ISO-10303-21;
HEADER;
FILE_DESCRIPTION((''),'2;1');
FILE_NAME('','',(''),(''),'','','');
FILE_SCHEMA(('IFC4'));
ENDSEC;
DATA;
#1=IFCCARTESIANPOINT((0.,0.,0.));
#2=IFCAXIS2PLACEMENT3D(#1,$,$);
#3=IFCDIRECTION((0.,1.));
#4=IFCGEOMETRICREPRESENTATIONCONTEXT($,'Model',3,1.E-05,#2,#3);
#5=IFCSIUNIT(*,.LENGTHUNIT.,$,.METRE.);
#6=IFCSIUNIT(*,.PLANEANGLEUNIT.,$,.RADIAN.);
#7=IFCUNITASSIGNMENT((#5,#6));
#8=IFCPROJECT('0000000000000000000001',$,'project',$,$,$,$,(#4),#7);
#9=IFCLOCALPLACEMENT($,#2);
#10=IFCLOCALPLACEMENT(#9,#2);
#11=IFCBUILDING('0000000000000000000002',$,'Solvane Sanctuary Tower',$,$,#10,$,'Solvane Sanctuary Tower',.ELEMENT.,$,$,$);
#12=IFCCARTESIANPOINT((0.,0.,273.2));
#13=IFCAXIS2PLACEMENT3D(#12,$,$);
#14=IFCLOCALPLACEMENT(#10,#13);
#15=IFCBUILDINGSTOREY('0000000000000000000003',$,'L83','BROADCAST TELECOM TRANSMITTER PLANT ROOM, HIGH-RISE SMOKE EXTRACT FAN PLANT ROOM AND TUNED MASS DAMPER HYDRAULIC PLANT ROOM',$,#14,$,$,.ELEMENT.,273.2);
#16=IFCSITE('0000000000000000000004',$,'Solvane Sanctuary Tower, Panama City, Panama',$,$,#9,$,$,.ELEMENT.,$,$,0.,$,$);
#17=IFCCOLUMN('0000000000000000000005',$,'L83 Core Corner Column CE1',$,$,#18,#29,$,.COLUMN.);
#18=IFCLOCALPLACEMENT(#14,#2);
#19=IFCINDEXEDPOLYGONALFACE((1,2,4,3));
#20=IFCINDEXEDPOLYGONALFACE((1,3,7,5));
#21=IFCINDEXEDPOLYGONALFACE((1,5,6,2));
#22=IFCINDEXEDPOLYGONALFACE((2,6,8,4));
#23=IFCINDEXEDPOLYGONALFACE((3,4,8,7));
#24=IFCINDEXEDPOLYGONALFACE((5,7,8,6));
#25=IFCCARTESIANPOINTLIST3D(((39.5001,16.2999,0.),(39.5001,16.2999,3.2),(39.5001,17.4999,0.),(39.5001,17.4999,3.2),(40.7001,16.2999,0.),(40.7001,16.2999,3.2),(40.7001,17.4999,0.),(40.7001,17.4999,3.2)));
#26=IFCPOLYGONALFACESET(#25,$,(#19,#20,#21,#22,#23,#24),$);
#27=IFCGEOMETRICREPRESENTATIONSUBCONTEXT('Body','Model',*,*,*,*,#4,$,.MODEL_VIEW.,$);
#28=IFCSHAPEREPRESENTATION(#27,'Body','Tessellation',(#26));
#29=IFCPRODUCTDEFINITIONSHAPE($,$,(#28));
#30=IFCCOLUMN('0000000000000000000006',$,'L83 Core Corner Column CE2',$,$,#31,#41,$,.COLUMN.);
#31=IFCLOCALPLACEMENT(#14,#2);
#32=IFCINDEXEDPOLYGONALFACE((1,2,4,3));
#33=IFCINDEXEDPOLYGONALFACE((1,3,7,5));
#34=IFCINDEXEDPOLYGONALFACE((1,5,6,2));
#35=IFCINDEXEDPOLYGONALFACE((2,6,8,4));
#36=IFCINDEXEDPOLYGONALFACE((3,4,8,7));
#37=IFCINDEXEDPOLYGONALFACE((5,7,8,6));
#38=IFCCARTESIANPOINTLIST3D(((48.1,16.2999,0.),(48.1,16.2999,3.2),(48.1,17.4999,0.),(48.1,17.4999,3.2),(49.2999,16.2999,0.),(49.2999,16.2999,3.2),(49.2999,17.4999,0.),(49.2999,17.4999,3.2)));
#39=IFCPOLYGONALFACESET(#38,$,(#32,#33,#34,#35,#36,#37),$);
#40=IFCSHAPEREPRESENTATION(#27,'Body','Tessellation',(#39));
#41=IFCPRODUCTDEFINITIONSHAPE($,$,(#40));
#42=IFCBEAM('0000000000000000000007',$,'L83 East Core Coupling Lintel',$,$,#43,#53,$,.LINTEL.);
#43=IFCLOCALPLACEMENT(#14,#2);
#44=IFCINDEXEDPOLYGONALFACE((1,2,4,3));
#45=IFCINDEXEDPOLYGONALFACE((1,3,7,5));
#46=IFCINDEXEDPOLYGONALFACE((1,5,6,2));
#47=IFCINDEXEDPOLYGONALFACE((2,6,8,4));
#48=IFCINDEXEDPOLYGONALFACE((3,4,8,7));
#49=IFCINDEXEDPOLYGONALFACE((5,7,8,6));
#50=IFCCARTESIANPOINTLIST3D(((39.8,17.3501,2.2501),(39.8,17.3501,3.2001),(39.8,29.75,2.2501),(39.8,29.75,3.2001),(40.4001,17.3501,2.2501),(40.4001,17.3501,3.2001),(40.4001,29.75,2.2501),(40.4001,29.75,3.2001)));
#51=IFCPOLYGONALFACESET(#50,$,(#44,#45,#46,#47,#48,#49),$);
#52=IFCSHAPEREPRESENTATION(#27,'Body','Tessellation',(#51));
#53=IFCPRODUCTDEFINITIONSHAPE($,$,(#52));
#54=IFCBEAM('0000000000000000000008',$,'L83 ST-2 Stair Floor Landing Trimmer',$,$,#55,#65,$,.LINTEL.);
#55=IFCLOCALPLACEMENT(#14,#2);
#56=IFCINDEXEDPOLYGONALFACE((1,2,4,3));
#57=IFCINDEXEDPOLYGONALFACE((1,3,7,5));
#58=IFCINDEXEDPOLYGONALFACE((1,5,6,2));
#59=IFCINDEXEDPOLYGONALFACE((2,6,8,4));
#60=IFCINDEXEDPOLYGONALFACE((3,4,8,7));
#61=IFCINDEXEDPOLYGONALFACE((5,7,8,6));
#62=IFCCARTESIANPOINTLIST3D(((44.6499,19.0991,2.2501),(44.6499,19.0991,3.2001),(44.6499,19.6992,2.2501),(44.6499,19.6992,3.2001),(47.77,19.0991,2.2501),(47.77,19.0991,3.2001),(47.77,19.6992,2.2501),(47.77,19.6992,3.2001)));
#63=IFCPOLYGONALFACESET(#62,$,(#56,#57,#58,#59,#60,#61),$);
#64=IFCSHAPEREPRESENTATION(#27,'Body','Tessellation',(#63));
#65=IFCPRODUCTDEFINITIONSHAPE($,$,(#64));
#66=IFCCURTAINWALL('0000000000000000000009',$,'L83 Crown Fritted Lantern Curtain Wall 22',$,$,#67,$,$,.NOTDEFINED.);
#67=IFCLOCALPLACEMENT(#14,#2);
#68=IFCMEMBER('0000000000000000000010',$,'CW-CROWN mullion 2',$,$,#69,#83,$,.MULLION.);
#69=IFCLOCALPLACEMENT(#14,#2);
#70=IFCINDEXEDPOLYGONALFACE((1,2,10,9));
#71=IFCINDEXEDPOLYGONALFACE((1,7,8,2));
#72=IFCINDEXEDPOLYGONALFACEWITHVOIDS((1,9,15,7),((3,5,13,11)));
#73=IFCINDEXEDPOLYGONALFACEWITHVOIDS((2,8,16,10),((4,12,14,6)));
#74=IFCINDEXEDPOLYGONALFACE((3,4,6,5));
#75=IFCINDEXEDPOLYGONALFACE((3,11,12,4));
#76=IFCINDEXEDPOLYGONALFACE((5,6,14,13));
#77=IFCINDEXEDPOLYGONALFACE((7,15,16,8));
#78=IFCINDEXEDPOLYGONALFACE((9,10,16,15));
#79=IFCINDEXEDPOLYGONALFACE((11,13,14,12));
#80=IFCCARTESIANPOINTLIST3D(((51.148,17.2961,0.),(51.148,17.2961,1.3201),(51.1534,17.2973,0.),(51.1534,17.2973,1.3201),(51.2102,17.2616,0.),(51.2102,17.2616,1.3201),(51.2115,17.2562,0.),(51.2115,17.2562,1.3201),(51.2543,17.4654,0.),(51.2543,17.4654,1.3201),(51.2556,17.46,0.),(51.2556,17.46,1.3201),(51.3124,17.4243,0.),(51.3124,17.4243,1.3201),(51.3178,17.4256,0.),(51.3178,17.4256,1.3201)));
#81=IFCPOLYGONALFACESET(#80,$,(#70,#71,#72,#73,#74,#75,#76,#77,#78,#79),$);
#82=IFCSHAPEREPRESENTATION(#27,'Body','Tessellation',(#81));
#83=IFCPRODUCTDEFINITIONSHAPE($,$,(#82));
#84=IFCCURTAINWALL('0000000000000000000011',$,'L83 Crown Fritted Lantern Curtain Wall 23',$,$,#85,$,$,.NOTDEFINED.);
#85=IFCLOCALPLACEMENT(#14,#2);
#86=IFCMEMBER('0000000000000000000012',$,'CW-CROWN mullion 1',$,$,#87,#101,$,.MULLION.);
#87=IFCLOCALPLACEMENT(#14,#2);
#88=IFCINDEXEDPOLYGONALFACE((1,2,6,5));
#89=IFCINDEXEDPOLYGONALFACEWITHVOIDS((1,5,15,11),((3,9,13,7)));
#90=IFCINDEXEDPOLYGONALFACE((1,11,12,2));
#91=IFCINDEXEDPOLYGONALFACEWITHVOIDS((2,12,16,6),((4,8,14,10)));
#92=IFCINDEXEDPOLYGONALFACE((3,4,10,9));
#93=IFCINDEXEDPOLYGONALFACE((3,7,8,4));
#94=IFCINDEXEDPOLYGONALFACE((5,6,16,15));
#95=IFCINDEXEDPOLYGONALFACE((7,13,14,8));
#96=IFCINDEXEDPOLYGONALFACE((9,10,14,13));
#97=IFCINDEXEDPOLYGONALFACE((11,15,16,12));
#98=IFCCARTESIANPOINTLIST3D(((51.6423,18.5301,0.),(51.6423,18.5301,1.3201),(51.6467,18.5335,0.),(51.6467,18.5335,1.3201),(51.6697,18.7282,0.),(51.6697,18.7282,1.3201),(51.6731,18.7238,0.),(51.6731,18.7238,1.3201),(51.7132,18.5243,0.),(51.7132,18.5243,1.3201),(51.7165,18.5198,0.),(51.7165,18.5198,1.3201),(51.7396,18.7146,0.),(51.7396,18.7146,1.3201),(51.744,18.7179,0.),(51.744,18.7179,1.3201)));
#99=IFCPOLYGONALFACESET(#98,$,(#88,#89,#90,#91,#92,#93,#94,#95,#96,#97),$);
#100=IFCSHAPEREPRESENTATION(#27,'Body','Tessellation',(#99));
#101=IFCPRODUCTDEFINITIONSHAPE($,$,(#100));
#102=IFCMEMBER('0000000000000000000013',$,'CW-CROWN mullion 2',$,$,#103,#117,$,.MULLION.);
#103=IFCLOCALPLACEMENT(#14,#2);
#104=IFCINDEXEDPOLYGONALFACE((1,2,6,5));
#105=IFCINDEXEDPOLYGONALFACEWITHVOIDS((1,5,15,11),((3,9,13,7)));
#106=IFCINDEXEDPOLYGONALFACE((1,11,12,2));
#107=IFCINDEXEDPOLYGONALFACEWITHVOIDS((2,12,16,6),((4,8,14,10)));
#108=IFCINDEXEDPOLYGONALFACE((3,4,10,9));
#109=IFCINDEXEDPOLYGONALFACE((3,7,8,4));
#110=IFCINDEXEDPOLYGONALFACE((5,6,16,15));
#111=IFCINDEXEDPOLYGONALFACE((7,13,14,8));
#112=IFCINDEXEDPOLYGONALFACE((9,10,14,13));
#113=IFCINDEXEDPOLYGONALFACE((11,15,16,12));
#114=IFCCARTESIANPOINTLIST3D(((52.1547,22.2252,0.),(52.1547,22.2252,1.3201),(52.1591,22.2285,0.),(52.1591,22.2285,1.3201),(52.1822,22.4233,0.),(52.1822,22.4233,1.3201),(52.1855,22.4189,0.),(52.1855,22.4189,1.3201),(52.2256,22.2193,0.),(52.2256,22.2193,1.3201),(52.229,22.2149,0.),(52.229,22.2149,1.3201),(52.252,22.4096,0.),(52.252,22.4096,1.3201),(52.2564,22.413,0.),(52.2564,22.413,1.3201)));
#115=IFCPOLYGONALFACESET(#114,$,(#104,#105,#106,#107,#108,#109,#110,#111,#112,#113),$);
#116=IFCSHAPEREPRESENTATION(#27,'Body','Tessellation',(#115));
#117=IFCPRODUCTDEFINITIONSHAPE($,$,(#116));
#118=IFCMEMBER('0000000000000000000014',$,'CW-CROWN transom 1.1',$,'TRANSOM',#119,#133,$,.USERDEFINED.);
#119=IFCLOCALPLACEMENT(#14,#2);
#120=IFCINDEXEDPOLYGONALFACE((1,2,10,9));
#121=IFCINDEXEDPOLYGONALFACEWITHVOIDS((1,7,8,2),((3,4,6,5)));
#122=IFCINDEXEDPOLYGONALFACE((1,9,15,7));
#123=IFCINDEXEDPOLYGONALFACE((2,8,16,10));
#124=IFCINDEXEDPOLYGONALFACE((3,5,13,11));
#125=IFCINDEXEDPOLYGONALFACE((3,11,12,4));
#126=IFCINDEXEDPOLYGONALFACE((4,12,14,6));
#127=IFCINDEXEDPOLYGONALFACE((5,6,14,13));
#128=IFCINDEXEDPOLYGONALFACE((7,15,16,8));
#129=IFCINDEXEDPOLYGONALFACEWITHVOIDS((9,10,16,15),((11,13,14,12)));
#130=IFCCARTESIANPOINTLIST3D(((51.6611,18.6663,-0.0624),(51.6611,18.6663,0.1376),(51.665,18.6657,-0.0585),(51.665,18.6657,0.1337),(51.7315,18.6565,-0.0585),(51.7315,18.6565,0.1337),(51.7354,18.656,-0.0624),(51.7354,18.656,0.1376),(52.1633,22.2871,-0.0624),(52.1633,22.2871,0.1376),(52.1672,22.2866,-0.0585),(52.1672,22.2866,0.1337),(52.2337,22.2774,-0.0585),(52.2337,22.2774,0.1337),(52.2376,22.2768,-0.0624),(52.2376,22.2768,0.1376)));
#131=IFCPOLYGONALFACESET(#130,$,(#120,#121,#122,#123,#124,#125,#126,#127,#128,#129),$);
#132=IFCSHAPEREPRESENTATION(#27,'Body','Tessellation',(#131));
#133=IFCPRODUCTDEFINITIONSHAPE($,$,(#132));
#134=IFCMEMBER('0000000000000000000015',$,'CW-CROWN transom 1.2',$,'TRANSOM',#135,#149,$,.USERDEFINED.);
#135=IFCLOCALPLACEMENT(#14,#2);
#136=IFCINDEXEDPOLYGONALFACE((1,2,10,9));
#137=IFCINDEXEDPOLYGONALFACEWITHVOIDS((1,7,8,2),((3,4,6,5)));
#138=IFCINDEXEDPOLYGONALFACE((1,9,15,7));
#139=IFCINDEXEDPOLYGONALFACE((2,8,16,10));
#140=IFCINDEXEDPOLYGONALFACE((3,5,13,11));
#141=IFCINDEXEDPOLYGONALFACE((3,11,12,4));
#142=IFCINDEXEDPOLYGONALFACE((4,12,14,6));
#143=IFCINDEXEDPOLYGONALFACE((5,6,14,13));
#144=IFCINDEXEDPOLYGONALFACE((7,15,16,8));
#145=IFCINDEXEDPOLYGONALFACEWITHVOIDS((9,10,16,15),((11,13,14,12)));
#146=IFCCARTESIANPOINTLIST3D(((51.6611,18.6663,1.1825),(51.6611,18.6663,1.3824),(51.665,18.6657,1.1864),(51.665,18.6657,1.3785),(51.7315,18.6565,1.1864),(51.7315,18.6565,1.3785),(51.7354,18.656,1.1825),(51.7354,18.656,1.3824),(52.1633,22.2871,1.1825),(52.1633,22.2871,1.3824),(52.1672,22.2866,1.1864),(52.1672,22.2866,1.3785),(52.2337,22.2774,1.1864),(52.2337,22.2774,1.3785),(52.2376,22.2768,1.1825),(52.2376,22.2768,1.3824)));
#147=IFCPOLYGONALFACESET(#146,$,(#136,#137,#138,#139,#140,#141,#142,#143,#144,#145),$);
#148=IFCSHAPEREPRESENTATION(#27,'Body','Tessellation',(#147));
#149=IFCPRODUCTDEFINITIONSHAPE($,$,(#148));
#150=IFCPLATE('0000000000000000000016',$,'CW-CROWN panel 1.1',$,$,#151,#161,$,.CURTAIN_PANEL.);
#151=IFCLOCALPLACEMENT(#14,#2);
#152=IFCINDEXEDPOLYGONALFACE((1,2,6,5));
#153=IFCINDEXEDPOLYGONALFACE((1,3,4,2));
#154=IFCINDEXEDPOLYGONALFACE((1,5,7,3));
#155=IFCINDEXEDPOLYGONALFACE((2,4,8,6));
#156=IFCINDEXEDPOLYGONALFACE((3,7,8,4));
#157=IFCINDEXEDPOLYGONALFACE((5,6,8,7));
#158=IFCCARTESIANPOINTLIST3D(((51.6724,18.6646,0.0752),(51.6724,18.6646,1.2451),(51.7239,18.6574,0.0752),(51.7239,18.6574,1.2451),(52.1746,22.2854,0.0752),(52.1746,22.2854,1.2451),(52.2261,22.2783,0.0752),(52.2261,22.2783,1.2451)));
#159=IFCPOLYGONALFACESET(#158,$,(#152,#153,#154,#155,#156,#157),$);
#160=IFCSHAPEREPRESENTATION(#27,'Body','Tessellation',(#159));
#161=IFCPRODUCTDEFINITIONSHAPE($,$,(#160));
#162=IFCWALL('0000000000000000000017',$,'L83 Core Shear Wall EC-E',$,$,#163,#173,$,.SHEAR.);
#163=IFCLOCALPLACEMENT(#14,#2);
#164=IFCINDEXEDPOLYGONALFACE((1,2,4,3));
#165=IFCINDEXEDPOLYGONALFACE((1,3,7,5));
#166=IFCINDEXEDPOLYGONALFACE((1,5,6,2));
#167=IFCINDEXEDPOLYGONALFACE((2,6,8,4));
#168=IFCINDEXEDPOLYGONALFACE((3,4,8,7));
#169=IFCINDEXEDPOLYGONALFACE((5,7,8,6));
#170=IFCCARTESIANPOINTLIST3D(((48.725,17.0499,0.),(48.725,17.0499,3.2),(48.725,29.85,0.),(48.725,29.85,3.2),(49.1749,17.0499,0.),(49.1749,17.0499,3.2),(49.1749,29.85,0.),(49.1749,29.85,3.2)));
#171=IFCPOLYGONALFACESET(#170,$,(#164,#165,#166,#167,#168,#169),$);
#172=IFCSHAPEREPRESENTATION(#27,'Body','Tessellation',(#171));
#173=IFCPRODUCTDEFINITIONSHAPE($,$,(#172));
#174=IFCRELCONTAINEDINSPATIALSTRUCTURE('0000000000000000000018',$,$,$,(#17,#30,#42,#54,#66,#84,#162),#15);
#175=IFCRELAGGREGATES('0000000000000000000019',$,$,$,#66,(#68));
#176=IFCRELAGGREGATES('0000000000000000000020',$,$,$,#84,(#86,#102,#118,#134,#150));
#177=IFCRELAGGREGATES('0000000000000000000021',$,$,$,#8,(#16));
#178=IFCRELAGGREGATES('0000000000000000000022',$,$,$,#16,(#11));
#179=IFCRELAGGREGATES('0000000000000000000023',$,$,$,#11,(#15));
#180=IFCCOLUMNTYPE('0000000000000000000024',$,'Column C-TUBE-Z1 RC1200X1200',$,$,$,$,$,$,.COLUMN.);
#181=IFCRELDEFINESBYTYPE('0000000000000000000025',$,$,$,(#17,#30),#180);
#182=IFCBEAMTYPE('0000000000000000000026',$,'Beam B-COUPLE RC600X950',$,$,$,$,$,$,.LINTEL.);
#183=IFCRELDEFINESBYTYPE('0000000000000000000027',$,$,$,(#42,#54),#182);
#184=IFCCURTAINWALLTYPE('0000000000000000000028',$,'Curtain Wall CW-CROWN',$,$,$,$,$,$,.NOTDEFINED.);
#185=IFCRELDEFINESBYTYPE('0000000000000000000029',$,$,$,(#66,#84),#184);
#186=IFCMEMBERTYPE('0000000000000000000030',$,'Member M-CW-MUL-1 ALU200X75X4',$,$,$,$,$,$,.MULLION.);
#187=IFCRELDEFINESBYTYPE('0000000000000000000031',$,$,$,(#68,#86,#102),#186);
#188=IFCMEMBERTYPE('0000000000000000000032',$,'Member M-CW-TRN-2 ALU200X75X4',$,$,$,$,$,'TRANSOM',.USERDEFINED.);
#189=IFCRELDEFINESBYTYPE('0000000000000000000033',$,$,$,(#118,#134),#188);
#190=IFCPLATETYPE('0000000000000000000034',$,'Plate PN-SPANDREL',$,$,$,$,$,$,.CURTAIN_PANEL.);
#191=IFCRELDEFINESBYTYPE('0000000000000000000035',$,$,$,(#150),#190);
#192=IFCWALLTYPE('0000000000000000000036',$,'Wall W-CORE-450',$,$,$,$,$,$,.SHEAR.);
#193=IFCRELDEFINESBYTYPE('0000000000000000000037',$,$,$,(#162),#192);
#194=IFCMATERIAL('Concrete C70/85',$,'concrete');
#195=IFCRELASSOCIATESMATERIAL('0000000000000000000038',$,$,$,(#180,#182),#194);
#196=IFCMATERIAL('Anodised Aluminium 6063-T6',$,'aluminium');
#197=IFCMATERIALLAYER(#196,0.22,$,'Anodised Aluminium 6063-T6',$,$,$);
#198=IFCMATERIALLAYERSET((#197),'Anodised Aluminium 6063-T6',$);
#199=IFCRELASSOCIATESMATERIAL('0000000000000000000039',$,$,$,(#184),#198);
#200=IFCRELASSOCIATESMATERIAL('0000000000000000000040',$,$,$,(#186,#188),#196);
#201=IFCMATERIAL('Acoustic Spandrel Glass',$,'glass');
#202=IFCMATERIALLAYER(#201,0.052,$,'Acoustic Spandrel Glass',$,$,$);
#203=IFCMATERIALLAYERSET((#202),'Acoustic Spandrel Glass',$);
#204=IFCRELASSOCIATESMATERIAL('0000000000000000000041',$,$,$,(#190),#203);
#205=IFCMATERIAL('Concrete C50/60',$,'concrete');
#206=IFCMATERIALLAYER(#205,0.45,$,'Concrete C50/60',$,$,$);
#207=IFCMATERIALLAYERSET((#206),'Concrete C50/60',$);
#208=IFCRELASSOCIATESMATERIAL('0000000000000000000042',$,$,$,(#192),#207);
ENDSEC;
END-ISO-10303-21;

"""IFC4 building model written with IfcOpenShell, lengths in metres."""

from ifc_helpers import new_model, si_unit, direction, frame, frame_2d, origin, origin_2d, place, context, subcontext, project, spatial, rectangle, hollow_rectangle, extrude, material, layer, layer_set, material_profile, profile_set, type_object, element, aggregate, save


model = new_model("IFC4")

# Units and contexts
model_context = context("Model", 3, precision=1e-05, world=origin(), true_north=direction((0.0, 1.0)))
body_context = subcontext(model_context, "Body", "Model", "MODEL_VIEW")
ifc_project = project(units=[si_unit("LENGTHUNIT", "METRE"), si_unit("PLANEANGLEUNIT", "RADIAN")], contexts=[model_context])

# Site, building, storey
site_placement = place(None, origin())
site = spatial("IfcSite", under=ifc_project, at=site_placement, Name="Solvane Sanctuary Tower, Panama City, Panama", CompositionType="ELEMENT", RefElevation=0.0)
building_placement = place(site_placement, origin())
building = spatial("IfcBuilding", under=site, at=building_placement, Name="Solvane Sanctuary Tower", LongName="Solvane Sanctuary Tower", CompositionType="ELEMENT")
storey_placement = place(building_placement, frame((0.0, 0.0, 273.2)))
storey = spatial("IfcBuildingStorey", under=building, at=storey_placement, Name="L83", Description="BROADCAST TELECOM TRANSMITTER PLANT ROOM, HIGH-RISE SMOKE EXTRACT FAN PLANT ROOM AND TUNED MASS DAMPER HYDRAULIC PLANT ROOM", CompositionType="ELEMENT", Elevation=273.2)

# Columns
ifc_material_1 = material(Name="Concrete C70/85", Category="concrete")
ifc_material_profile_1 = material_profile(ifc_material_1, rectangle(XDim=1.2, YDim=1.2, at=origin_2d()), Name="RC1200X1200")
ifc_profile_set_1 = profile_set([ifc_material_profile_1], Name="Concrete C70/85")
column_type = type_object("IfcColumnType", Name="Column C-TUBE-Z1 RC1200X1200", PredefinedType="COLUMN", material=ifc_profile_set_1)
for number, where, z_axis, x_axis, name in (
    (1, (40.1001, 16.8999, 0.0), (0.0, 0.0, 1.0), (1.0, 0.0, 0.0), "L83 Core Corner Column CE1"),
    (2, (48.7, 16.8999, 0.0), (0.0, 0.0, 1.0), (1.0, 0.0, 0.0), "L83 Core Corner Column CE2"),
):
    element("IfcColumn", number, at=place(storey_placement, frame(where, z_axis=z_axis, x_axis=x_axis)), inside=storey, type_object=column_type, Name=name, PredefinedType="COLUMN", context=body_context, shape_type="SweptSolid", body=[
        extrude(rectangle(XDim=1.2, YDim=1.2, at=origin_2d()), origin(), (0.0, 0.0, 1.0), 3.2),
    ])

# Beams
ifc_material_profile_2 = material_profile(ifc_material_1, rectangle(XDim=0.6001, YDim=0.95, at=origin_2d()), Name="RC600X950")
ifc_profile_set_2 = profile_set([ifc_material_profile_2], Name="Concrete C70/85")
beam_type = type_object("IfcBeamType", Name="Beam B-COUPLE RC600X950", PredefinedType="LINTEL", material=ifc_profile_set_2)
beam_1_placement = place(storey_placement, frame((40.1001, 17.3501, 2.7251), z_axis=(0.0, 1.0, 0.0), x_axis=(-1.0, 0.0, 0.0)))
element("IfcBeam", 3, at=beam_1_placement, inside=storey, type_object=beam_type, Name="L83 East Core Coupling Lintel", PredefinedType="LINTEL", context=body_context, shape_type="SweptSolid", body=[
    extrude(rectangle(XDim=0.6001, YDim=0.95, at=origin_2d()), origin(), (0.0, 0.0, 1.0), 12.3999),
])
beam_2_placement = place(storey_placement, frame((44.6499, 19.3992, 2.7251), z_axis=(1.0, 0.0, 0.0), x_axis=(0.0, 1.0, 0.0)))
element("IfcBeam", 4, at=beam_2_placement, inside=storey, type_object=beam_type, Name="L83 ST-2 Stair Floor Landing Trimmer", PredefinedType="LINTEL", context=body_context, shape_type="SweptSolid", body=[
    extrude(rectangle(XDim=0.6001, YDim=0.95, at=origin_2d()), origin(), (0.0, 0.0, 1.0), 3.1201),
])

# Curtain wall, member
ifc_material_2 = material(Name="Anodised Aluminium 6063-T6", Category="aluminium")
ifc_layer_1 = layer(ifc_material_2, 0.22, Name="Anodised Aluminium 6063-T6")
ifc_layer_set_1 = layer_set([ifc_layer_1], Name="Anodised Aluminium 6063-T6")
curtain_wall_type = type_object("IfcCurtainWallType", Name="Curtain Wall CW-CROWN", PredefinedType="NOTDEFINED", material=ifc_layer_set_1)
curtain_wall_1_placement = place(storey_placement, origin())
curtain_wall_1 = element("IfcCurtainWall", 5, at=curtain_wall_1_placement, inside=storey, type_object=curtain_wall_type, Name="L83 Crown Fritted Lantern Curtain Wall 22", PredefinedType="NOTDEFINED")
ifc_material_profile_3 = material_profile(ifc_material_2, hollow_rectangle(XDim=0.075, YDim=0.2, WallThickness=0.0039, at=origin_2d()), Name="ALU200X75X4")
ifc_profile_set_3 = profile_set([ifc_material_profile_3], Name="Anodised Aluminium 6063-T6")
member_type_1 = type_object("IfcMemberType", Name="Member M-CW-MUL-1 ALU200X75X4", PredefinedType="MULLION", material=ifc_profile_set_3)
member_1_placement = place(storey_placement, frame((51.2329, 17.3608, 0.0), z_axis=(0.0, 0.0, 1.0), x_axis=(-0.846858, 0.531819, 0.0)))
member_1 = element("IfcMember", 6, at=member_1_placement, type_object=member_type_1, Name="CW-CROWN mullion 2", PredefinedType="MULLION", context=body_context, shape_type="SweptSolid", body=[
    extrude(hollow_rectangle(XDim=0.075, YDim=0.2, WallThickness=0.0039, at=origin_2d()), origin(), (0.0, 0.0, 1.0), 1.3201),
])
aggregate(curtain_wall_1, [member_1])

# Curtain wall, members, plate
curtain_wall_2_placement = place(storey_placement, origin())
curtain_wall_2 = element("IfcCurtainWall", 7, at=curtain_wall_2_placement, inside=storey, type_object=curtain_wall_type, Name="L83 Crown Fritted Lantern Curtain Wall 23", PredefinedType="NOTDEFINED")
member_2_placement = place(storey_placement, frame((51.6931, 18.624, 0.0), z_axis=(0.0, 0.0, 1.0), x_axis=(-0.990518, 0.137381, 0.0)))
member_2 = element("IfcMember", 8, at=member_2_placement, type_object=member_type_1, Name="CW-CROWN mullion 1", PredefinedType="MULLION", context=body_context, shape_type="SweptSolid", body=[
    extrude(hollow_rectangle(XDim=0.075, YDim=0.2, WallThickness=0.0039, at=origin_2d()), origin(), (0.0, 0.0, 1.0), 1.3201),
])
member_3_placement = place(storey_placement, frame((52.2056, 22.3191, 0.0), z_axis=(0.0, 0.0, 1.0), x_axis=(-0.990518, 0.137381, 0.0)))
member_3 = element("IfcMember", 9, at=member_3_placement, type_object=member_type_1, Name="CW-CROWN mullion 2", PredefinedType="MULLION", context=body_context, shape_type="SweptSolid", body=[
    extrude(hollow_rectangle(XDim=0.075, YDim=0.2, WallThickness=0.0039, at=origin_2d()), origin(), (0.0, 0.0, 1.0), 1.3201),
])
ifc_material_profile_4 = material_profile(ifc_material_2, hollow_rectangle(XDim=0.075, YDim=0.2, WallThickness=0.0039, at=origin_2d()), Name="ALU200X75X4")
ifc_profile_set_4 = profile_set([ifc_material_profile_4], Name="Anodised Aluminium 6063-T6")
member_type_2 = type_object("IfcMemberType", Name="Member M-CW-TRN-2 ALU200X75X4", ElementType="TRANSOM", PredefinedType="USERDEFINED", material=ifc_profile_set_4)
member_4_placement = place(storey_placement, frame((51.6982, 18.6611, 0.0376), z_axis=(0.137381, 0.990518, 0.0), x_axis=(-0.990518, 0.137381, 0.0)))
member_4 = element("IfcMember", 10, at=member_4_placement, type_object=member_type_2, Name="CW-CROWN transom 1.1", ObjectType="TRANSOM", PredefinedType="USERDEFINED", context=body_context, shape_type="SweptSolid", body=[
    extrude(hollow_rectangle(XDim=0.075, YDim=0.2, WallThickness=0.0039, at=origin_2d()), origin(), (0.0, 0.0, 1.0), 3.6555),
])
member_5_placement = place(storey_placement, frame((51.6982, 18.6611, 1.2825), z_axis=(0.137381, 0.990518, 0.0), x_axis=(-0.990518, 0.137381, 0.0)))
member_5 = element("IfcMember", 11, at=member_5_placement, type_object=member_type_2, Name="CW-CROWN transom 1.2", ObjectType="TRANSOM", PredefinedType="USERDEFINED", context=body_context, shape_type="SweptSolid", body=[
    extrude(hollow_rectangle(XDim=0.075, YDim=0.2, WallThickness=0.0039, at=origin_2d()), origin(), (0.0, 0.0, 1.0), 3.6555),
])
ifc_material_3 = material(Name="Acoustic Spandrel Glass", Category="glass")
ifc_layer_2 = layer(ifc_material_3, 0.052, Name="Acoustic Spandrel Glass")
ifc_layer_set_2 = layer_set([ifc_layer_2], Name="Acoustic Spandrel Glass")
plate_type = type_object("IfcPlateType", Name="Plate PN-SPANDREL", PredefinedType="CURTAIN_PANEL", material=ifc_layer_set_2)
plate_placement = place(storey_placement, frame((51.9492, 20.4714, 0.0752), z_axis=(0.0, 0.0, 1.0), x_axis=(0.137381, 0.990518, 0.0)))
plate = element("IfcPlate", 12, at=plate_placement, type_object=plate_type, Name="CW-CROWN panel 1.1", PredefinedType="CURTAIN_PANEL", context=body_context, shape_type="SweptSolid", body=[
    extrude(rectangle(XDim=3.6555, YDim=0.052, at=origin_2d()), origin(), (0.0, 0.0, 1.0), 1.1699),
])
aggregate(curtain_wall_2, [member_2, member_3, member_4, member_5, plate])

# Wall
ifc_material_4 = material(Name="Concrete C50/60", Category="concrete")
ifc_layer_3 = layer(ifc_material_4, 0.45, Name="Concrete C50/60")
ifc_layer_set_3 = layer_set([ifc_layer_3], Name="Concrete C50/60")
wall_type_1 = type_object("IfcWallType", Name="Wall W-CORE-450", PredefinedType="SHEAR", material=ifc_layer_set_3)
wall_1_placement = place(storey_placement, frame((48.95, 17.05, 0.0), z_axis=(0.0, 0.0, 1.0), x_axis=(0.0, 1.0, 0.0)))
element("IfcWall", 13, at=wall_1_placement, inside=storey, type_object=wall_type_1, Name="L83 Core Shear Wall EC-E", PredefinedType="SHEAR", context=body_context, shape_type="SweptSolid", body=[
    extrude(rectangle(XDim=12.8, YDim=0.45, at=frame_2d((6.3999, 0.0))), origin(), (0.0, 0.0, 1.0), 3.2),
])

save(model, "model.ifc")
